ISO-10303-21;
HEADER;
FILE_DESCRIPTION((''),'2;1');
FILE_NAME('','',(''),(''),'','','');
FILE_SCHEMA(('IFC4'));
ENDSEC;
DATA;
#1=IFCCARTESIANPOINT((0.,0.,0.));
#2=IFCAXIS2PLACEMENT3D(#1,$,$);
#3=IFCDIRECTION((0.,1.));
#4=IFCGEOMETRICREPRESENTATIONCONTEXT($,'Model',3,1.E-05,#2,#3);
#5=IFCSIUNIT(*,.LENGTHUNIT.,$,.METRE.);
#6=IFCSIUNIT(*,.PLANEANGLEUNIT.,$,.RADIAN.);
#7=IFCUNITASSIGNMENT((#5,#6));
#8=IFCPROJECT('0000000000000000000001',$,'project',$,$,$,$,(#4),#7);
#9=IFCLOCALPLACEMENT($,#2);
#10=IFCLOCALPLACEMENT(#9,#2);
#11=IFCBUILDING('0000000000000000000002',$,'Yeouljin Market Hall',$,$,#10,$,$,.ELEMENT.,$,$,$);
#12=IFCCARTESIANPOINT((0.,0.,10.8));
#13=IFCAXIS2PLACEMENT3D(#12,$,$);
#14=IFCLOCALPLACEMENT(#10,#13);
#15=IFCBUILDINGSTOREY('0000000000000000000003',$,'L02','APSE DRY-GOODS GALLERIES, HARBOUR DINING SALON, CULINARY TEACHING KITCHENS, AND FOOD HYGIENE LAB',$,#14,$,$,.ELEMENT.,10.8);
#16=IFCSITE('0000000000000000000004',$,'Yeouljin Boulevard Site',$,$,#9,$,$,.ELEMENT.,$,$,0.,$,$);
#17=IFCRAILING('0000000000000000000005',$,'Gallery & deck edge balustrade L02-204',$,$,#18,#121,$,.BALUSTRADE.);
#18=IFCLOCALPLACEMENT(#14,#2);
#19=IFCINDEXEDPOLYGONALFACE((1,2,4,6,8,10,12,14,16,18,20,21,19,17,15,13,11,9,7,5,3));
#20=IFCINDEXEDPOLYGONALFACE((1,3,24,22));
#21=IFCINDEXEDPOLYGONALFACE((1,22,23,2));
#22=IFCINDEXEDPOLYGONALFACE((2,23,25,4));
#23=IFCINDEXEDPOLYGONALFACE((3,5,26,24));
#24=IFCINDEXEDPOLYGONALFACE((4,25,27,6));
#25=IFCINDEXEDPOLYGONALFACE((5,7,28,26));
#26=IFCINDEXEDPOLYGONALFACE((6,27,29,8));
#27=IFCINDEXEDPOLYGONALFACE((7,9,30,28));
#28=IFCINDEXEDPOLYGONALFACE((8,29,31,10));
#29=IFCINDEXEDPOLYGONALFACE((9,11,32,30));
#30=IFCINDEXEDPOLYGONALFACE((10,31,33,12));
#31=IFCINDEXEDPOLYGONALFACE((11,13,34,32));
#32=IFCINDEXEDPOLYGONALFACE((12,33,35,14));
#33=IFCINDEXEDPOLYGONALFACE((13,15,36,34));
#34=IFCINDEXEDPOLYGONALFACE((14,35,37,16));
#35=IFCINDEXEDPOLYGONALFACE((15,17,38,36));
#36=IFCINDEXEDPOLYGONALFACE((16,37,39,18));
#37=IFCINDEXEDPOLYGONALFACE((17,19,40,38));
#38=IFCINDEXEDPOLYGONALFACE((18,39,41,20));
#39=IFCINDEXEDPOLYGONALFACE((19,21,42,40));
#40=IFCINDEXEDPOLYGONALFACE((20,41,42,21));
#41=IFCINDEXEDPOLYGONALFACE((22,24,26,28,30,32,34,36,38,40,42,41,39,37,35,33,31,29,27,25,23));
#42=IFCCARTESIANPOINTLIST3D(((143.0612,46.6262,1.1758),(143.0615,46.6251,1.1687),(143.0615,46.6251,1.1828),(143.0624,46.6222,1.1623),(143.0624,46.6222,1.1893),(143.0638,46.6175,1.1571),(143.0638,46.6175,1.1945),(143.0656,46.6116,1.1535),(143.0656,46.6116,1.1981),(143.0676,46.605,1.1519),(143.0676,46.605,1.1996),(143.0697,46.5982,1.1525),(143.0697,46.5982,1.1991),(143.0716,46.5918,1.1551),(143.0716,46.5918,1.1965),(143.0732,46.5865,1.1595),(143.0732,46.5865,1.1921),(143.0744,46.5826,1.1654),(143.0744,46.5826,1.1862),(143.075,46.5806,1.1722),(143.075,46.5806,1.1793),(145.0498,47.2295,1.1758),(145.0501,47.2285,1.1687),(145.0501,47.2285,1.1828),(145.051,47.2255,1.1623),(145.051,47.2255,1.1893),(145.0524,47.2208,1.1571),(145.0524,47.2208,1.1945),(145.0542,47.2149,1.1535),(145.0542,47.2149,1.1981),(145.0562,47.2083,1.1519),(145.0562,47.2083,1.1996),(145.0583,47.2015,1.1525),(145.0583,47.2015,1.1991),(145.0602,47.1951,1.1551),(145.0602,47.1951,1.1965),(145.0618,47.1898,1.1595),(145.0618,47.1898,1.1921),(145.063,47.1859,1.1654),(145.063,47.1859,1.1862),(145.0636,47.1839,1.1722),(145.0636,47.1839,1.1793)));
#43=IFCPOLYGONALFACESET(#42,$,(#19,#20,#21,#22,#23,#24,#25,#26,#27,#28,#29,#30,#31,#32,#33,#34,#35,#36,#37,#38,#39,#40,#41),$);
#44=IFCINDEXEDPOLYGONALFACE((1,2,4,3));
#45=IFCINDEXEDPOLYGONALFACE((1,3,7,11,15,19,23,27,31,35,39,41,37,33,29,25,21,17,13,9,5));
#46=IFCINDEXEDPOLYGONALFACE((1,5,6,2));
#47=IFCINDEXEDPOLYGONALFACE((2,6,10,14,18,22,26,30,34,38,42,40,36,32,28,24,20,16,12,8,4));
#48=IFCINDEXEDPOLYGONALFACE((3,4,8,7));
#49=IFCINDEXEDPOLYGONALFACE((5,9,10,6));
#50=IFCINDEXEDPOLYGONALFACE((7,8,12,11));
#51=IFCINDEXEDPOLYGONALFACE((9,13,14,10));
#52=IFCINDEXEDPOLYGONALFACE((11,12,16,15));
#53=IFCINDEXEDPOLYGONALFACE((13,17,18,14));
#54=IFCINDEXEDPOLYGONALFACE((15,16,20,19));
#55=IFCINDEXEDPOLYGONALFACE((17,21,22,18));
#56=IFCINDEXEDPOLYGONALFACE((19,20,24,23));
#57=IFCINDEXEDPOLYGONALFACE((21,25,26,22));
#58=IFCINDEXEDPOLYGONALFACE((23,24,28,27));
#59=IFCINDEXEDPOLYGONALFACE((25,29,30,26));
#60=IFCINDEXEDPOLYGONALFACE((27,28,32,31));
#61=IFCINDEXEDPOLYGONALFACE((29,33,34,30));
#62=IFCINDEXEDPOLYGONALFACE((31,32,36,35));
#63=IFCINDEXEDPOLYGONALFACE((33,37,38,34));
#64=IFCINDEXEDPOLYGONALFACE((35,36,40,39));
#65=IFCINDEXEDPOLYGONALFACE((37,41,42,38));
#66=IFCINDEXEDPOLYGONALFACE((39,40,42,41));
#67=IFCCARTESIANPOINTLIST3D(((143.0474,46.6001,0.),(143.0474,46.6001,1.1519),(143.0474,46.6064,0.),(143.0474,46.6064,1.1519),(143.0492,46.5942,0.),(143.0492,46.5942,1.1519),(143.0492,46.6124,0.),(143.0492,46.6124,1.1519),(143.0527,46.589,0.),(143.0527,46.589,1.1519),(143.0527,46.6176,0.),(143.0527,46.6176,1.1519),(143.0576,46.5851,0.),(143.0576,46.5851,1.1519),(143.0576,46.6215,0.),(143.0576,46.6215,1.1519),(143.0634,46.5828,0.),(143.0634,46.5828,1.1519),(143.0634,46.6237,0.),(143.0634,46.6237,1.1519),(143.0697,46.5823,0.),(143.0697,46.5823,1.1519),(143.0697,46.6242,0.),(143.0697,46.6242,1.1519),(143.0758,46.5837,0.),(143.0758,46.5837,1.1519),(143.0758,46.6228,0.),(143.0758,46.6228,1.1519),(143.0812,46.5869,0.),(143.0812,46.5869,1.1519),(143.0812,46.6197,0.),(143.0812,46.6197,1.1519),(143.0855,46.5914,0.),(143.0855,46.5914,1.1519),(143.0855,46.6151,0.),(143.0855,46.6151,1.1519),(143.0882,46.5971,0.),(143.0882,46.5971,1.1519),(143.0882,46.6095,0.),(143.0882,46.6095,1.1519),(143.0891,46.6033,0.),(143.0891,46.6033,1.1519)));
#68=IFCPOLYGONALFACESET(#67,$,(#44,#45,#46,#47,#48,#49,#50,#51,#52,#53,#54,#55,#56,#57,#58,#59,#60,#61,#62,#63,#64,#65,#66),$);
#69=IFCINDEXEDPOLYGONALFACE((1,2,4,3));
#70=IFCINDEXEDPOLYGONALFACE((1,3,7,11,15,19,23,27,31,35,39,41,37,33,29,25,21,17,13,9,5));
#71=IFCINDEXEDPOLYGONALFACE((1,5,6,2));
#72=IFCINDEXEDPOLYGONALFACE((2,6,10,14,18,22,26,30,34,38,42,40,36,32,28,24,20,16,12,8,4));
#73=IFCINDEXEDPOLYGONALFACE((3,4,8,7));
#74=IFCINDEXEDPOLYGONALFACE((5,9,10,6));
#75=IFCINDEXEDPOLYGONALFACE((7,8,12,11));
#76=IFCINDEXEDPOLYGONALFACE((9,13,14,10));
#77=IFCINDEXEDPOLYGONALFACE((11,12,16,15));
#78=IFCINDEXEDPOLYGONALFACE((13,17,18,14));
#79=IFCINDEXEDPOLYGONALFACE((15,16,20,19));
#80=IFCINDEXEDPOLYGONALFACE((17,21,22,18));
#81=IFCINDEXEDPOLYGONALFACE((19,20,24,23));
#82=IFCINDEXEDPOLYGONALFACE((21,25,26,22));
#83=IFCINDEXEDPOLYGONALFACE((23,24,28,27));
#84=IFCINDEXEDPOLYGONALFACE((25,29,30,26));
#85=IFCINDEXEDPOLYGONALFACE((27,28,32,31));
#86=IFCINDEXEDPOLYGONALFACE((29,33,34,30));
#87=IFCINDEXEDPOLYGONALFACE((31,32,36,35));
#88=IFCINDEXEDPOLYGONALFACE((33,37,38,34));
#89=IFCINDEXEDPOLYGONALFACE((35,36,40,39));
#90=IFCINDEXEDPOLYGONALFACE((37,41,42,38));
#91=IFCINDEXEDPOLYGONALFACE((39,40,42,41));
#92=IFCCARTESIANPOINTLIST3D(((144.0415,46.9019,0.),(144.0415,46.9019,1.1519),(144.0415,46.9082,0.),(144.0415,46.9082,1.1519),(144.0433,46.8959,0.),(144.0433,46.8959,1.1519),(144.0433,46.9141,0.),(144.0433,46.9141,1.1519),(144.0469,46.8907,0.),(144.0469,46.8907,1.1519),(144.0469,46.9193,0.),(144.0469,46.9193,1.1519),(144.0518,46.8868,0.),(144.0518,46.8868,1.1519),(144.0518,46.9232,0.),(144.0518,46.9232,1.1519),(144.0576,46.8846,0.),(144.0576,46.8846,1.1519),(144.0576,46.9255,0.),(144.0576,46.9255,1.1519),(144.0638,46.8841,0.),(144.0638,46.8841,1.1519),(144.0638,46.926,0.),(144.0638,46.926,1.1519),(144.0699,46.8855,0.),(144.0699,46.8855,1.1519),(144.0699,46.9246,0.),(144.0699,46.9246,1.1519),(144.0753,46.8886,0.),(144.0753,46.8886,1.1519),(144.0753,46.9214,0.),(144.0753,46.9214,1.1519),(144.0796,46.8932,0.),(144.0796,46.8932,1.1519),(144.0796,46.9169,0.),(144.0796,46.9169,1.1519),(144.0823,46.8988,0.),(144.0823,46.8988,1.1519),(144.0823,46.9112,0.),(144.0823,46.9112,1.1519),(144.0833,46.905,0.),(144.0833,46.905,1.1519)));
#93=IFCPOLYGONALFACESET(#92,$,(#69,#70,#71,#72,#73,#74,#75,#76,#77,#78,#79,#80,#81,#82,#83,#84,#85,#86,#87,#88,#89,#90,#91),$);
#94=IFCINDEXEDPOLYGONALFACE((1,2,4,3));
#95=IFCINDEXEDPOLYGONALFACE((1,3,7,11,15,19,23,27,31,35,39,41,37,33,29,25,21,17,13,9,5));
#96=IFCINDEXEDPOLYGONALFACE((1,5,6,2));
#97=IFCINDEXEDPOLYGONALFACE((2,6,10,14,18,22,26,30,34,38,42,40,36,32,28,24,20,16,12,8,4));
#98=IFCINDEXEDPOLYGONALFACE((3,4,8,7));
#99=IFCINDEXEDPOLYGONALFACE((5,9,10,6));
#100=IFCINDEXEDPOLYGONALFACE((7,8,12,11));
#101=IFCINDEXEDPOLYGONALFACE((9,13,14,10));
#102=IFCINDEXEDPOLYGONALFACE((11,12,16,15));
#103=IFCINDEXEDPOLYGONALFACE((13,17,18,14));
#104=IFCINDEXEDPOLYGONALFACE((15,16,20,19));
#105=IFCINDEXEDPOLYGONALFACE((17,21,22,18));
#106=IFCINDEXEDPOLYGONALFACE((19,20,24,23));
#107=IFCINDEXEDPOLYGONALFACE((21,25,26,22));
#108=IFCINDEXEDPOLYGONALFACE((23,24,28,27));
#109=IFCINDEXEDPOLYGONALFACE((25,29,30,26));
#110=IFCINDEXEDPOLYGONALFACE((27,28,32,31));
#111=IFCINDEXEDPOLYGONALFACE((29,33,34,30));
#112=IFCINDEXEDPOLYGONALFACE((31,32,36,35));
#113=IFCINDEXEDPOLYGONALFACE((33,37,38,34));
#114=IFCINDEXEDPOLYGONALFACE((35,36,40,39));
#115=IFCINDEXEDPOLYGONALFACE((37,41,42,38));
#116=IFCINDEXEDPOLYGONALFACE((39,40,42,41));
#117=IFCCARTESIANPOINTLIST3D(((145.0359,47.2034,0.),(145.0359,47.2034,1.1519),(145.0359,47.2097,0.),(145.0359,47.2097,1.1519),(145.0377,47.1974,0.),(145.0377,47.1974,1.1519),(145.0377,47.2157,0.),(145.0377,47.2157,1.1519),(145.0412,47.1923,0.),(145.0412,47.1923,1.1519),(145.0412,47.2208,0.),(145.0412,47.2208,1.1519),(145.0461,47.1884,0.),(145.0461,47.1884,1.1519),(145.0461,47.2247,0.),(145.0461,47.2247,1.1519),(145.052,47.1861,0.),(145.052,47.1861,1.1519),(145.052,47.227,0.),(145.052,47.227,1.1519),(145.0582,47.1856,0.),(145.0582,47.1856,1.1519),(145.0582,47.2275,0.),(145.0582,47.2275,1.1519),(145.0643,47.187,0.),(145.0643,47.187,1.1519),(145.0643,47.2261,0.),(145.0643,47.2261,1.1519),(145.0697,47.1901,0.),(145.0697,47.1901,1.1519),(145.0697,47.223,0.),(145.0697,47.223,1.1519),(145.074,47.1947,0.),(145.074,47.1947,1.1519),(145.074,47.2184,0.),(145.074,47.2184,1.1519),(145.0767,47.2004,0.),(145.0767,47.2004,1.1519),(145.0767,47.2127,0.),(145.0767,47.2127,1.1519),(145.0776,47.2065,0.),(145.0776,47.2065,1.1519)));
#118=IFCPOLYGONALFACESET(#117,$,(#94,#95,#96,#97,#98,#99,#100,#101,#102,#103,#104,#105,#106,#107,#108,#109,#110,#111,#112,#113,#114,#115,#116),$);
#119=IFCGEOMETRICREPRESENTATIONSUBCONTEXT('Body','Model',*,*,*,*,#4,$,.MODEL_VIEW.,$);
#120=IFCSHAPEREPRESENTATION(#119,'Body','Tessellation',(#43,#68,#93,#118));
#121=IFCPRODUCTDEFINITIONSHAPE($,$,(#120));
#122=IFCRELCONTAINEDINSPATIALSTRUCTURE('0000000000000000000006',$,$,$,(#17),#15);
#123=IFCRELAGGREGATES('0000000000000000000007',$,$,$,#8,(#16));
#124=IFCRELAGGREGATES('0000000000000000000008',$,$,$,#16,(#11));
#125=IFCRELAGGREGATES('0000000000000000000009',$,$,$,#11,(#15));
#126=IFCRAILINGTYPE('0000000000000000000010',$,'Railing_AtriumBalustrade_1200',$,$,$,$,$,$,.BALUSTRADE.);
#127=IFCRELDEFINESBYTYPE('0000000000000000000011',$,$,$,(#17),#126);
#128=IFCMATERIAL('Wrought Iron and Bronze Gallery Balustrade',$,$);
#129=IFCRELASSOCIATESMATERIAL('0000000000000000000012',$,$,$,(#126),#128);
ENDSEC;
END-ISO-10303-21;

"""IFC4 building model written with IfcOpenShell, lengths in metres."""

from ifc_helpers import new_model, si_unit, direction, frame, origin, origin_2d, place, context, subcontext, project, spatial, circle, extrude, material, type_object, element, save


model = new_model("IFC4")

# Units and contexts
model_context = context("Model", 3, precision=1e-05, world=origin(), true_north=direction((0.0, 1.0)))
body_context = subcontext(model_context, "Body", "Model", "MODEL_VIEW")
ifc_project = project(units=[si_unit("LENGTHUNIT", "METRE"), si_unit("PLANEANGLEUNIT", "RADIAN")], contexts=[model_context])

# Site, building, storey
site_placement = place(None, origin())
site = spatial("IfcSite", under=ifc_project, at=site_placement, Name="Yeouljin Boulevard Site", CompositionType="ELEMENT", RefElevation=0.0)
building_placement = place(site_placement, origin())
building = spatial("IfcBuilding", under=site, at=building_placement, Name="Yeouljin Market Hall", CompositionType="ELEMENT")
storey_placement = place(building_placement, frame((0.0, 0.0, 10.8)))
storey = spatial("IfcBuildingStorey", under=building, at=storey_placement, Name="L02", Description="APSE DRY-GOODS GALLERIES, HARBOUR DINING SALON, CULINARY TEACHING KITCHENS, AND FOOD HYGIENE LAB", CompositionType="ELEMENT", Elevation=10.8)

# Railing
ifc_material_1 = material(Name="Wrought Iron and Bronze Gallery Balustrade")
railing_type = type_object("IfcRailingType", Name="Railing_AtriumBalustrade_1200", PredefinedType="BALUSTRADE", material=ifc_material_1)
railing_1_placement = place(storey_placement, frame((143.0681, 46.6033, 0.0)))
element("IfcRailing", 1, at=railing_1_placement, inside=storey, type_object=railing_type, Name="Gallery & deck edge balustrade L02-204", PredefinedType="BALUSTRADE", context=body_context, shape_type="SweptSolid", body=[
    extrude(circle(Radius=0.0239, at=origin_2d()), frame((0.0, 0.0, 1.1758), z_axis=(0.956932, 0.290311, 0.0), x_axis=(-0.290311, 0.956932, 0.0)), (0.0, 0.0, 1.0), 2.0781),
    extrude(circle(Radius=0.021, at=origin_2d()), origin(), (0.0, 0.0, 1.0), 1.1519),
    extrude(circle(Radius=0.021, at=origin_2d()), frame((0.9941, 0.3018, 0.0)), (0.0, 0.0, 1.0), 1.1519),
    extrude(circle(Radius=0.021, at=origin_2d()), frame((1.9885, 0.6033, 0.0)), (0.0, 0.0, 1.0), 1.1519),
])

save(model, "model.ifc")
